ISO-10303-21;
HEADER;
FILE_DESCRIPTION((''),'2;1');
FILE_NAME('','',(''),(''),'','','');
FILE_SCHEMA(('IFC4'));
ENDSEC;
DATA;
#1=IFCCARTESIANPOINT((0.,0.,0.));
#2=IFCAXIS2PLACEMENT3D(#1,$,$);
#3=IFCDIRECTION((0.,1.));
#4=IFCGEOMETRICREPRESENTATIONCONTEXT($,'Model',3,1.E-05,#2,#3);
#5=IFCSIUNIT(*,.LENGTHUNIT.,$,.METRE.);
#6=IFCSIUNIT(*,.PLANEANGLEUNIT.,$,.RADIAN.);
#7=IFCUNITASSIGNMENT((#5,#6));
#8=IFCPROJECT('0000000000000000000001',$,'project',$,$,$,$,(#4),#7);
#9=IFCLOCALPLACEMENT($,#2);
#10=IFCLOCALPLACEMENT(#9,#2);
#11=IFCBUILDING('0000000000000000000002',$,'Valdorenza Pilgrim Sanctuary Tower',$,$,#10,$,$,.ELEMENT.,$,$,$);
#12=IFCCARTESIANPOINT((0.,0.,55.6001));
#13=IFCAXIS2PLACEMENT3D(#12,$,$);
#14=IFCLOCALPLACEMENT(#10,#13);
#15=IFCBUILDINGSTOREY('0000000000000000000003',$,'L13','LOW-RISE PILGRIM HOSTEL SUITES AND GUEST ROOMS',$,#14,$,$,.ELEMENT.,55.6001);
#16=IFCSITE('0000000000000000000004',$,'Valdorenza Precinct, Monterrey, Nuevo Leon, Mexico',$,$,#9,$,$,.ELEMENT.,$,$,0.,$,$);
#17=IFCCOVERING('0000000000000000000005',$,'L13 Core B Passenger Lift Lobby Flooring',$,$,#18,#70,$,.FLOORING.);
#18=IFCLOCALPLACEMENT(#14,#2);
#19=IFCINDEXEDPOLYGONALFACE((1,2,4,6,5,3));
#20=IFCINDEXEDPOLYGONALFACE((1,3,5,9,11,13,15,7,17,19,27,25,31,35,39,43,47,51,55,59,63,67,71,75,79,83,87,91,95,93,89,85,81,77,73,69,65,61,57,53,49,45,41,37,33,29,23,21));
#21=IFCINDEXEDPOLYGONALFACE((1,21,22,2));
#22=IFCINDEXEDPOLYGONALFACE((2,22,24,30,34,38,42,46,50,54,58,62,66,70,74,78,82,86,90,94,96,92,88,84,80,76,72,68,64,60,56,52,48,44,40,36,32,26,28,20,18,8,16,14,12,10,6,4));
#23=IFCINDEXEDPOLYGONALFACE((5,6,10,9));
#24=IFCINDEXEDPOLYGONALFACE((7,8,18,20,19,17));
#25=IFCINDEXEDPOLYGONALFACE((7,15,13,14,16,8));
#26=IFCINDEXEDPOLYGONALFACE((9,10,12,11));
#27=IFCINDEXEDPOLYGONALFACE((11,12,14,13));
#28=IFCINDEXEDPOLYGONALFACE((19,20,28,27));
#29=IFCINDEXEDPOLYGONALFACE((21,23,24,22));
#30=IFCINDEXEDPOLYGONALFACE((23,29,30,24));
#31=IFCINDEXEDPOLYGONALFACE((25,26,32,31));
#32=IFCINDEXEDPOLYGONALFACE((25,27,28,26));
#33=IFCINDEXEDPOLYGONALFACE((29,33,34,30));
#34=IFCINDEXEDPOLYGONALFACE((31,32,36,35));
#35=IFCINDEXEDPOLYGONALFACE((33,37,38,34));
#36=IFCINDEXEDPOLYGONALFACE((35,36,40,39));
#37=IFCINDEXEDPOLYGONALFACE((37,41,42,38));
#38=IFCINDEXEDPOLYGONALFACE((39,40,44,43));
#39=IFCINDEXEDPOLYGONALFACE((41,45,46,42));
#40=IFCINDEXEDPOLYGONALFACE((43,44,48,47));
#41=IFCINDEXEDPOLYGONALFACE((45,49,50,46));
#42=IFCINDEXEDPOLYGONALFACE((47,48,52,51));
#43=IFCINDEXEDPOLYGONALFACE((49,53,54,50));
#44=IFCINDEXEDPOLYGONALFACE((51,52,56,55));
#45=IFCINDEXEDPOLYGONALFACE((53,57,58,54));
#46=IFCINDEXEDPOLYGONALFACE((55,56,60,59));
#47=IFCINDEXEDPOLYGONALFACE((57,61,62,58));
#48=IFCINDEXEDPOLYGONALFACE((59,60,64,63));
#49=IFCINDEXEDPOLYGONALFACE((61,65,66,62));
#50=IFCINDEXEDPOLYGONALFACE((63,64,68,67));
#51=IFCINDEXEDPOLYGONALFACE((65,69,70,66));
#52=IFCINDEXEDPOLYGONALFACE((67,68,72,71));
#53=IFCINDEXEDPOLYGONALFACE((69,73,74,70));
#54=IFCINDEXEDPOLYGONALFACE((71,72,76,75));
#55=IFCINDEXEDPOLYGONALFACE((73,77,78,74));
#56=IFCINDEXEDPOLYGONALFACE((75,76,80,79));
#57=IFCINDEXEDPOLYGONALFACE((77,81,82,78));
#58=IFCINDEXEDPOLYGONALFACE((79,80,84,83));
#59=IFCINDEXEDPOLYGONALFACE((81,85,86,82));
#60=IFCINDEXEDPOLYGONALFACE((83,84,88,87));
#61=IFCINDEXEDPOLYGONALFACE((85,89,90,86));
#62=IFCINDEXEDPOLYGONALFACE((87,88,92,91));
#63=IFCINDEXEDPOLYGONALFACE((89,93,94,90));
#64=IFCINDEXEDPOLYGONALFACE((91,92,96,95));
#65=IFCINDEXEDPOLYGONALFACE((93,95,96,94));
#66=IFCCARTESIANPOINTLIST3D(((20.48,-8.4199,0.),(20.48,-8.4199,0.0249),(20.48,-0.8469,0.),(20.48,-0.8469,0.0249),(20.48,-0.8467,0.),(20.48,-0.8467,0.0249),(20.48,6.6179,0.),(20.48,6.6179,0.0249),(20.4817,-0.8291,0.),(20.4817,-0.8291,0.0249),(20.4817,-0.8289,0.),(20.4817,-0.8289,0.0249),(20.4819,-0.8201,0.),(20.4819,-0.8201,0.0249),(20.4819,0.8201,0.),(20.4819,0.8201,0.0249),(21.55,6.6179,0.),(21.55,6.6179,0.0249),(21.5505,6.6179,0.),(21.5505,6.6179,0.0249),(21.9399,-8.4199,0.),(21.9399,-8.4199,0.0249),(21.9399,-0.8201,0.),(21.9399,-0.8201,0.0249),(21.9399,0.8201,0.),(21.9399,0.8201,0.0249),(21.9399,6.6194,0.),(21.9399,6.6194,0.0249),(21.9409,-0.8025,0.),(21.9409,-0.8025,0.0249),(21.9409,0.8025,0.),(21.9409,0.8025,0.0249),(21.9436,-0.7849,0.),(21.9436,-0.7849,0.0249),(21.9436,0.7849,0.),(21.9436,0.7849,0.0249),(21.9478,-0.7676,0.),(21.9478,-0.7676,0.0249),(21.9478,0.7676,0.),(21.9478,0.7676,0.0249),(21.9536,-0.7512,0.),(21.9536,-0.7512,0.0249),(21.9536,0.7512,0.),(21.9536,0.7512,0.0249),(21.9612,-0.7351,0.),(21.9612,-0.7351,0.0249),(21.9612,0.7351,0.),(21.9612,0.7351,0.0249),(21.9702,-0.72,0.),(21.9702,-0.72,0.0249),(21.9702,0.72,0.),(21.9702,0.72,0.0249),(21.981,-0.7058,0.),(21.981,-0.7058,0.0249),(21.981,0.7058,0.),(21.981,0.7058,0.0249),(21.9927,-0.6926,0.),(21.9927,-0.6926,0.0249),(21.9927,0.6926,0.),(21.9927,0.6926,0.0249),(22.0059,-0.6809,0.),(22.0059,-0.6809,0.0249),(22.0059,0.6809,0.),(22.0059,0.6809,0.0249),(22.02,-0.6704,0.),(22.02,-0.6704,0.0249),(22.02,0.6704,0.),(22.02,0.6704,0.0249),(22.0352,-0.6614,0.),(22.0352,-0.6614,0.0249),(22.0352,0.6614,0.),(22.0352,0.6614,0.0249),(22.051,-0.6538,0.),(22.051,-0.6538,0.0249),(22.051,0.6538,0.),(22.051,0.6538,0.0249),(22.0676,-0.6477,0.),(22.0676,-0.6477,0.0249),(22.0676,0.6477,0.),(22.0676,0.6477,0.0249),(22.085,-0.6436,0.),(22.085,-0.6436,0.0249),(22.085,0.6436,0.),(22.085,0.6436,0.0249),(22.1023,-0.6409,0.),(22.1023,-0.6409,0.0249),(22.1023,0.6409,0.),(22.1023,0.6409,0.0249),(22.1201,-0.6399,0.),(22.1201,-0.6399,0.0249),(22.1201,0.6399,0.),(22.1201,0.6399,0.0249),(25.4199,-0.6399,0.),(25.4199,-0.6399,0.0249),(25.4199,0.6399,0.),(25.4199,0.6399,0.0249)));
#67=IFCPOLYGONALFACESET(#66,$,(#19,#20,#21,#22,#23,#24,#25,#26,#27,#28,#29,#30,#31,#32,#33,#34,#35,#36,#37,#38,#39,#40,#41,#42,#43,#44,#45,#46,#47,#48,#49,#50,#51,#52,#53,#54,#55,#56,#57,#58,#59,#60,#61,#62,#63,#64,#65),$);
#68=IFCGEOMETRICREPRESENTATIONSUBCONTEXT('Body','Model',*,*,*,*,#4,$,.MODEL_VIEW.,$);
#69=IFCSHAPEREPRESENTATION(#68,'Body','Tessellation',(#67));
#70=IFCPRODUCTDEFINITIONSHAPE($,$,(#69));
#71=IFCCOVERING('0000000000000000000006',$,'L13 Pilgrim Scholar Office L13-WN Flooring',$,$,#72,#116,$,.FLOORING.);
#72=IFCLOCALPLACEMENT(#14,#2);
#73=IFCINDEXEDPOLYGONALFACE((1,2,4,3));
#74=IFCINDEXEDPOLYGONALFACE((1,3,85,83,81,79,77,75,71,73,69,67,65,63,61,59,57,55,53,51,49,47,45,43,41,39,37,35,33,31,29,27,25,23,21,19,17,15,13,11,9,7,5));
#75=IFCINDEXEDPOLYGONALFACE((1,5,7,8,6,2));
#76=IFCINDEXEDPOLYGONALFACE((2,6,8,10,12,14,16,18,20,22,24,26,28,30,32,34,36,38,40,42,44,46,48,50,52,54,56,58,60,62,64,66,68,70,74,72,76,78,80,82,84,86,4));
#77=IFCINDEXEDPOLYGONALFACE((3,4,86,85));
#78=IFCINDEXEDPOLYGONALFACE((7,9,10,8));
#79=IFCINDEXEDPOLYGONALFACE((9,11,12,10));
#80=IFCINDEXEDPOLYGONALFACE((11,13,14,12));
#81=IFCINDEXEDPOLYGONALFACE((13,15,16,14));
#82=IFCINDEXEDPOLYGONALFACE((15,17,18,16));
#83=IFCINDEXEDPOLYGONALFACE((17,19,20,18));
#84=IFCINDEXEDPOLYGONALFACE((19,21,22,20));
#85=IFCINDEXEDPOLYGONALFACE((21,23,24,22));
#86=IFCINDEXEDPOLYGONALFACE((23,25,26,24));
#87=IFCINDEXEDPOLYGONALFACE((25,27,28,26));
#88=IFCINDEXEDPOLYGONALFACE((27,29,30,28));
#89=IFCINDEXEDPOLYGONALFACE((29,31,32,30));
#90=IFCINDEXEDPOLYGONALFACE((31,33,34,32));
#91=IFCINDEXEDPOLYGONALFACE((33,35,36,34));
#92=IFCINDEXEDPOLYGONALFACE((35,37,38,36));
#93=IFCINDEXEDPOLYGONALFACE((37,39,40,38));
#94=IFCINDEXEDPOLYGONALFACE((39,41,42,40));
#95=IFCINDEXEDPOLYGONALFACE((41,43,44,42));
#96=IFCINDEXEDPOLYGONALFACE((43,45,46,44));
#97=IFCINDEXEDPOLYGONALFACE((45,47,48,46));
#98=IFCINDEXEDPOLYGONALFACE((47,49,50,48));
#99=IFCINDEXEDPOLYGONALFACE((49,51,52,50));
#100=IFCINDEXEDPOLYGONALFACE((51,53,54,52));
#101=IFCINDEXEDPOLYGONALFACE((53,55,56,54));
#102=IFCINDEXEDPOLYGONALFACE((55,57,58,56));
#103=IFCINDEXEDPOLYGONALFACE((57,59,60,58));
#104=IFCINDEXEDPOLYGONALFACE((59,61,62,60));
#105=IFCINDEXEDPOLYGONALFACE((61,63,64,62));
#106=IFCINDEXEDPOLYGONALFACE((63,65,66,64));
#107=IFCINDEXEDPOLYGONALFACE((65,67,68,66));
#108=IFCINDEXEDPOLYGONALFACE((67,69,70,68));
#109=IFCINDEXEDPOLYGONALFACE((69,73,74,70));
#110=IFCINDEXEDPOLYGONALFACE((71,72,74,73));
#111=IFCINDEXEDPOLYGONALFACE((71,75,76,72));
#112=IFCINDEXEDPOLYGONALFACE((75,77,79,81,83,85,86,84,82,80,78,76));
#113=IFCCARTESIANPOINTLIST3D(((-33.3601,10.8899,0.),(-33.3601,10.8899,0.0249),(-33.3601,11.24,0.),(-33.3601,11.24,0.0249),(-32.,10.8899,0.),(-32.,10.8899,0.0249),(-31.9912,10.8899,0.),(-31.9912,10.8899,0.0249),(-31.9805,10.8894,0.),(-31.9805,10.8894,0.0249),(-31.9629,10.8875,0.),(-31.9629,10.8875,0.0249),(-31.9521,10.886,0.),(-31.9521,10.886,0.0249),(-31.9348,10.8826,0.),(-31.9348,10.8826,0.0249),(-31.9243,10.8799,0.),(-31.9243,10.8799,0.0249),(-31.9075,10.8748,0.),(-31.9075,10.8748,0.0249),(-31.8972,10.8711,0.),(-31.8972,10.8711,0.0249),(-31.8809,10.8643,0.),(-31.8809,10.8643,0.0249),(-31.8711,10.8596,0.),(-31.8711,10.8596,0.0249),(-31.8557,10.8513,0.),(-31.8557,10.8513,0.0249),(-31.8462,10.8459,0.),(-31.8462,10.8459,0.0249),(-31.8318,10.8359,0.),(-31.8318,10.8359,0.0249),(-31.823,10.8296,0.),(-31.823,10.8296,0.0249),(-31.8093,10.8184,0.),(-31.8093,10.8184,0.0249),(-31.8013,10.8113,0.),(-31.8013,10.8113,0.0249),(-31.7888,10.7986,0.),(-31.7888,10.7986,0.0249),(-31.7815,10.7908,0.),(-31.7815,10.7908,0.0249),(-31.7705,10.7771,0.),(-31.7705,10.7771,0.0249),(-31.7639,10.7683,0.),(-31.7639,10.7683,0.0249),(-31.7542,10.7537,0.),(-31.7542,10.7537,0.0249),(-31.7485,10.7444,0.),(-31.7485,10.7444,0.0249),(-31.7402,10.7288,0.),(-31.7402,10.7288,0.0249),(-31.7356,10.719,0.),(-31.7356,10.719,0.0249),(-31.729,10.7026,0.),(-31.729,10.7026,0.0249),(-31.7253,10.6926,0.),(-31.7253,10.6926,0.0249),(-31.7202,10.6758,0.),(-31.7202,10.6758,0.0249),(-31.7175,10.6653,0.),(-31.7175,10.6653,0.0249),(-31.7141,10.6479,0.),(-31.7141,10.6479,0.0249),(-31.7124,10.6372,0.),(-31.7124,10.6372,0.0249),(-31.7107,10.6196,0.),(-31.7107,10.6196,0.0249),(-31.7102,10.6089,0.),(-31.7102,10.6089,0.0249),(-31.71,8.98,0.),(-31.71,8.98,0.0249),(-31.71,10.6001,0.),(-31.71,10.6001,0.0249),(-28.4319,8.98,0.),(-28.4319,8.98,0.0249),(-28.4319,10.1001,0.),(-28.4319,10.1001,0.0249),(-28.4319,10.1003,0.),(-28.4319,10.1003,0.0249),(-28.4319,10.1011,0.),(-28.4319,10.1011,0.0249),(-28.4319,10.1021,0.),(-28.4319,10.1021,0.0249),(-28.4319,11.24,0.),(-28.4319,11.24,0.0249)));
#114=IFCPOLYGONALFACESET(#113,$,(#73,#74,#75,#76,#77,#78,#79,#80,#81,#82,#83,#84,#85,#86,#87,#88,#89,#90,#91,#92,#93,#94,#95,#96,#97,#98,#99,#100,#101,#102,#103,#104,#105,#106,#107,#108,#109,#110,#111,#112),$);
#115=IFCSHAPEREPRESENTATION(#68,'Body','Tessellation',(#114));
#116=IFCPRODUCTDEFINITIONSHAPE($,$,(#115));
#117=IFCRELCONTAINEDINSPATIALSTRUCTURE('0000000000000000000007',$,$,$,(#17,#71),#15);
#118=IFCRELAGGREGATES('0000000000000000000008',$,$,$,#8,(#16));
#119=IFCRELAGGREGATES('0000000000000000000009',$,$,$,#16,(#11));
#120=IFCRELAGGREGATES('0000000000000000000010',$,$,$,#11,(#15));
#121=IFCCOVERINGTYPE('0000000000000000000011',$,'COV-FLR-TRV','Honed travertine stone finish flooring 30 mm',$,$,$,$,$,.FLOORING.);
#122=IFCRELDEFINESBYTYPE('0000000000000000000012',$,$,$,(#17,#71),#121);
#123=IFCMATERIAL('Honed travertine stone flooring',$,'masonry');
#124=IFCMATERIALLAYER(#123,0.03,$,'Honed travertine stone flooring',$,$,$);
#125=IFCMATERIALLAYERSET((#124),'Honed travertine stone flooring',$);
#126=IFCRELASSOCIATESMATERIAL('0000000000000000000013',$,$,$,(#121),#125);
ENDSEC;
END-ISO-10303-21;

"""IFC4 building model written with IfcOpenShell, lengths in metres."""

from ifc_helpers import new_model, si_unit, direction, frame, origin, place, context, subcontext, project, spatial, polyline, outline, extrude, material, layer, layer_set, type_object, element, save


model = new_model("IFC4")

# Units and contexts
model_context = context("Model", 3, precision=1e-05, world=origin(), true_north=direction((0.0, 1.0)))
body_context = subcontext(model_context, "Body", "Model", "MODEL_VIEW")
ifc_project = project(units=[si_unit("LENGTHUNIT", "METRE"), si_unit("PLANEANGLEUNIT", "RADIAN")], contexts=[model_context])

# Site, building, storey
site_placement = place(None, origin())
site = spatial("IfcSite", under=ifc_project, at=site_placement, Name="Valdorenza Precinct, Monterrey, Nuevo Leon, Mexico", CompositionType="ELEMENT", RefElevation=0.0)
building_placement = place(site_placement, origin())
building = spatial("IfcBuilding", under=site, at=building_placement, Name="Valdorenza Pilgrim Sanctuary Tower", CompositionType="ELEMENT")
storey_placement = place(building_placement, frame((0.0, 0.0, 55.6001)))
storey = spatial("IfcBuildingStorey", under=building, at=storey_placement, Name="L13", Description="LOW-RISE PILGRIM HOSTEL SUITES AND GUEST ROOMS", CompositionType="ELEMENT", Elevation=55.6001)

# Coverings
ifc_material_1 = material(Name="Honed travertine stone flooring", Category="masonry")
ifc_layer_1 = layer(ifc_material_1, 0.03, Name="Honed travertine stone flooring")
ifc_layer_set_1 = layer_set([ifc_layer_1], Name="Honed travertine stone flooring")
covering_type_1 = type_object("IfcCoveringType", Name="COV-FLR-TRV", Description="Honed travertine stone finish flooring 30 mm", PredefinedType="FLOORING", material=ifc_layer_set_1)
covering_1_placement = place(storey_placement, origin())
element("IfcCovering", 1, at=covering_1_placement, inside=storey, type_object=covering_type_1, Name="L13 Core B Passenger Lift Lobby Flooring", PredefinedType="FLOORING", context=body_context, shape_type="SweptSolid", body=[
    extrude(outline(polyline([(20.48, 6.6179), (21.55, 6.6179), (21.5505, 6.6179), (21.9399, 6.6194), (21.9399, 0.8201), (21.9409, 0.8025), (21.9436, 0.7849), (21.9478, 0.7676), (21.9536, 0.7512), (21.9612, 0.7351), (21.9702, 0.72), (21.981, 0.7058), (21.9927, 0.6926), (22.0059, 0.6809), (22.02, 0.6704), (22.0352, 0.6614), (22.051, 0.6538), (22.0676, 0.6477), (22.085, 0.6436), (22.1023, 0.6409), (22.1201, 0.6399), (25.4199, 0.6399), (25.4199, -0.6399), (22.1201, -0.6399), (22.1023, -0.6409), (22.085, -0.6436), (22.0676, -0.6477), (22.051, -0.6538), (22.0352, -0.6614), (22.02, -0.6704), (22.0059, -0.6809), (21.9927, -0.6926), (21.981, -0.7058), (21.9702, -0.72), (21.9612, -0.7351), (21.9536, -0.7512), (21.9478, -0.7676), (21.9436, -0.7849), (21.9409, -0.8025), (21.9399, -0.8201), (21.9399, -8.4199), (20.48, -8.4199), (20.48, -0.8469), (20.48, -0.8467), (20.48, -0.8467), (20.4817, -0.8291), (20.4817, -0.8289), (20.4819, -0.8201), (20.4819, 0.8201), (20.48, 6.6179)])), origin(), (0.0, 0.0, 1.0), 0.0249),
])
covering_2_placement = place(storey_placement, origin())
element("IfcCovering", 2, at=covering_2_placement, inside=storey, type_object=covering_type_1, Name="L13 Pilgrim Scholar Office L13-WN Flooring", PredefinedType="FLOORING", context=body_context, shape_type="SweptSolid", body=[
    extrude(outline(polyline([(-28.4319, 11.24), (-28.4319, 10.1021), (-28.4319, 10.1011), (-28.4319, 10.1003), (-28.4319, 10.1001), (-28.4319, 8.98), (-31.71, 8.98), (-31.71, 10.6001), (-31.7102, 10.6089), (-31.7107, 10.6196), (-31.7124, 10.6372), (-31.7141, 10.6479), (-31.7175, 10.6653), (-31.7202, 10.6758), (-31.7253, 10.6926), (-31.729, 10.7026), (-31.7356, 10.719), (-31.7402, 10.7288), (-31.7485, 10.7444), (-31.7542, 10.7537), (-31.7639, 10.7683), (-31.7705, 10.7771), (-31.7815, 10.7908), (-31.7888, 10.7986), (-31.8013, 10.8113), (-31.8093, 10.8184), (-31.823, 10.8296), (-31.8318, 10.8359), (-31.8462, 10.8459), (-31.8557, 10.8513), (-31.8711, 10.8596), (-31.8809, 10.8643), (-31.8972, 10.8711), (-31.9075, 10.8748), (-31.9243, 10.8799), (-31.9348, 10.8826), (-31.9521, 10.886), (-31.9629, 10.8875), (-31.9805, 10.8894), (-31.9912, 10.8899), (-32.0, 10.8899), (-33.3601, 10.8899), (-33.3601, 11.24), (-28.4319, 11.24)])), origin(), (0.0, 0.0, 1.0), 0.0249),
])

save(model, "model.ifc")
